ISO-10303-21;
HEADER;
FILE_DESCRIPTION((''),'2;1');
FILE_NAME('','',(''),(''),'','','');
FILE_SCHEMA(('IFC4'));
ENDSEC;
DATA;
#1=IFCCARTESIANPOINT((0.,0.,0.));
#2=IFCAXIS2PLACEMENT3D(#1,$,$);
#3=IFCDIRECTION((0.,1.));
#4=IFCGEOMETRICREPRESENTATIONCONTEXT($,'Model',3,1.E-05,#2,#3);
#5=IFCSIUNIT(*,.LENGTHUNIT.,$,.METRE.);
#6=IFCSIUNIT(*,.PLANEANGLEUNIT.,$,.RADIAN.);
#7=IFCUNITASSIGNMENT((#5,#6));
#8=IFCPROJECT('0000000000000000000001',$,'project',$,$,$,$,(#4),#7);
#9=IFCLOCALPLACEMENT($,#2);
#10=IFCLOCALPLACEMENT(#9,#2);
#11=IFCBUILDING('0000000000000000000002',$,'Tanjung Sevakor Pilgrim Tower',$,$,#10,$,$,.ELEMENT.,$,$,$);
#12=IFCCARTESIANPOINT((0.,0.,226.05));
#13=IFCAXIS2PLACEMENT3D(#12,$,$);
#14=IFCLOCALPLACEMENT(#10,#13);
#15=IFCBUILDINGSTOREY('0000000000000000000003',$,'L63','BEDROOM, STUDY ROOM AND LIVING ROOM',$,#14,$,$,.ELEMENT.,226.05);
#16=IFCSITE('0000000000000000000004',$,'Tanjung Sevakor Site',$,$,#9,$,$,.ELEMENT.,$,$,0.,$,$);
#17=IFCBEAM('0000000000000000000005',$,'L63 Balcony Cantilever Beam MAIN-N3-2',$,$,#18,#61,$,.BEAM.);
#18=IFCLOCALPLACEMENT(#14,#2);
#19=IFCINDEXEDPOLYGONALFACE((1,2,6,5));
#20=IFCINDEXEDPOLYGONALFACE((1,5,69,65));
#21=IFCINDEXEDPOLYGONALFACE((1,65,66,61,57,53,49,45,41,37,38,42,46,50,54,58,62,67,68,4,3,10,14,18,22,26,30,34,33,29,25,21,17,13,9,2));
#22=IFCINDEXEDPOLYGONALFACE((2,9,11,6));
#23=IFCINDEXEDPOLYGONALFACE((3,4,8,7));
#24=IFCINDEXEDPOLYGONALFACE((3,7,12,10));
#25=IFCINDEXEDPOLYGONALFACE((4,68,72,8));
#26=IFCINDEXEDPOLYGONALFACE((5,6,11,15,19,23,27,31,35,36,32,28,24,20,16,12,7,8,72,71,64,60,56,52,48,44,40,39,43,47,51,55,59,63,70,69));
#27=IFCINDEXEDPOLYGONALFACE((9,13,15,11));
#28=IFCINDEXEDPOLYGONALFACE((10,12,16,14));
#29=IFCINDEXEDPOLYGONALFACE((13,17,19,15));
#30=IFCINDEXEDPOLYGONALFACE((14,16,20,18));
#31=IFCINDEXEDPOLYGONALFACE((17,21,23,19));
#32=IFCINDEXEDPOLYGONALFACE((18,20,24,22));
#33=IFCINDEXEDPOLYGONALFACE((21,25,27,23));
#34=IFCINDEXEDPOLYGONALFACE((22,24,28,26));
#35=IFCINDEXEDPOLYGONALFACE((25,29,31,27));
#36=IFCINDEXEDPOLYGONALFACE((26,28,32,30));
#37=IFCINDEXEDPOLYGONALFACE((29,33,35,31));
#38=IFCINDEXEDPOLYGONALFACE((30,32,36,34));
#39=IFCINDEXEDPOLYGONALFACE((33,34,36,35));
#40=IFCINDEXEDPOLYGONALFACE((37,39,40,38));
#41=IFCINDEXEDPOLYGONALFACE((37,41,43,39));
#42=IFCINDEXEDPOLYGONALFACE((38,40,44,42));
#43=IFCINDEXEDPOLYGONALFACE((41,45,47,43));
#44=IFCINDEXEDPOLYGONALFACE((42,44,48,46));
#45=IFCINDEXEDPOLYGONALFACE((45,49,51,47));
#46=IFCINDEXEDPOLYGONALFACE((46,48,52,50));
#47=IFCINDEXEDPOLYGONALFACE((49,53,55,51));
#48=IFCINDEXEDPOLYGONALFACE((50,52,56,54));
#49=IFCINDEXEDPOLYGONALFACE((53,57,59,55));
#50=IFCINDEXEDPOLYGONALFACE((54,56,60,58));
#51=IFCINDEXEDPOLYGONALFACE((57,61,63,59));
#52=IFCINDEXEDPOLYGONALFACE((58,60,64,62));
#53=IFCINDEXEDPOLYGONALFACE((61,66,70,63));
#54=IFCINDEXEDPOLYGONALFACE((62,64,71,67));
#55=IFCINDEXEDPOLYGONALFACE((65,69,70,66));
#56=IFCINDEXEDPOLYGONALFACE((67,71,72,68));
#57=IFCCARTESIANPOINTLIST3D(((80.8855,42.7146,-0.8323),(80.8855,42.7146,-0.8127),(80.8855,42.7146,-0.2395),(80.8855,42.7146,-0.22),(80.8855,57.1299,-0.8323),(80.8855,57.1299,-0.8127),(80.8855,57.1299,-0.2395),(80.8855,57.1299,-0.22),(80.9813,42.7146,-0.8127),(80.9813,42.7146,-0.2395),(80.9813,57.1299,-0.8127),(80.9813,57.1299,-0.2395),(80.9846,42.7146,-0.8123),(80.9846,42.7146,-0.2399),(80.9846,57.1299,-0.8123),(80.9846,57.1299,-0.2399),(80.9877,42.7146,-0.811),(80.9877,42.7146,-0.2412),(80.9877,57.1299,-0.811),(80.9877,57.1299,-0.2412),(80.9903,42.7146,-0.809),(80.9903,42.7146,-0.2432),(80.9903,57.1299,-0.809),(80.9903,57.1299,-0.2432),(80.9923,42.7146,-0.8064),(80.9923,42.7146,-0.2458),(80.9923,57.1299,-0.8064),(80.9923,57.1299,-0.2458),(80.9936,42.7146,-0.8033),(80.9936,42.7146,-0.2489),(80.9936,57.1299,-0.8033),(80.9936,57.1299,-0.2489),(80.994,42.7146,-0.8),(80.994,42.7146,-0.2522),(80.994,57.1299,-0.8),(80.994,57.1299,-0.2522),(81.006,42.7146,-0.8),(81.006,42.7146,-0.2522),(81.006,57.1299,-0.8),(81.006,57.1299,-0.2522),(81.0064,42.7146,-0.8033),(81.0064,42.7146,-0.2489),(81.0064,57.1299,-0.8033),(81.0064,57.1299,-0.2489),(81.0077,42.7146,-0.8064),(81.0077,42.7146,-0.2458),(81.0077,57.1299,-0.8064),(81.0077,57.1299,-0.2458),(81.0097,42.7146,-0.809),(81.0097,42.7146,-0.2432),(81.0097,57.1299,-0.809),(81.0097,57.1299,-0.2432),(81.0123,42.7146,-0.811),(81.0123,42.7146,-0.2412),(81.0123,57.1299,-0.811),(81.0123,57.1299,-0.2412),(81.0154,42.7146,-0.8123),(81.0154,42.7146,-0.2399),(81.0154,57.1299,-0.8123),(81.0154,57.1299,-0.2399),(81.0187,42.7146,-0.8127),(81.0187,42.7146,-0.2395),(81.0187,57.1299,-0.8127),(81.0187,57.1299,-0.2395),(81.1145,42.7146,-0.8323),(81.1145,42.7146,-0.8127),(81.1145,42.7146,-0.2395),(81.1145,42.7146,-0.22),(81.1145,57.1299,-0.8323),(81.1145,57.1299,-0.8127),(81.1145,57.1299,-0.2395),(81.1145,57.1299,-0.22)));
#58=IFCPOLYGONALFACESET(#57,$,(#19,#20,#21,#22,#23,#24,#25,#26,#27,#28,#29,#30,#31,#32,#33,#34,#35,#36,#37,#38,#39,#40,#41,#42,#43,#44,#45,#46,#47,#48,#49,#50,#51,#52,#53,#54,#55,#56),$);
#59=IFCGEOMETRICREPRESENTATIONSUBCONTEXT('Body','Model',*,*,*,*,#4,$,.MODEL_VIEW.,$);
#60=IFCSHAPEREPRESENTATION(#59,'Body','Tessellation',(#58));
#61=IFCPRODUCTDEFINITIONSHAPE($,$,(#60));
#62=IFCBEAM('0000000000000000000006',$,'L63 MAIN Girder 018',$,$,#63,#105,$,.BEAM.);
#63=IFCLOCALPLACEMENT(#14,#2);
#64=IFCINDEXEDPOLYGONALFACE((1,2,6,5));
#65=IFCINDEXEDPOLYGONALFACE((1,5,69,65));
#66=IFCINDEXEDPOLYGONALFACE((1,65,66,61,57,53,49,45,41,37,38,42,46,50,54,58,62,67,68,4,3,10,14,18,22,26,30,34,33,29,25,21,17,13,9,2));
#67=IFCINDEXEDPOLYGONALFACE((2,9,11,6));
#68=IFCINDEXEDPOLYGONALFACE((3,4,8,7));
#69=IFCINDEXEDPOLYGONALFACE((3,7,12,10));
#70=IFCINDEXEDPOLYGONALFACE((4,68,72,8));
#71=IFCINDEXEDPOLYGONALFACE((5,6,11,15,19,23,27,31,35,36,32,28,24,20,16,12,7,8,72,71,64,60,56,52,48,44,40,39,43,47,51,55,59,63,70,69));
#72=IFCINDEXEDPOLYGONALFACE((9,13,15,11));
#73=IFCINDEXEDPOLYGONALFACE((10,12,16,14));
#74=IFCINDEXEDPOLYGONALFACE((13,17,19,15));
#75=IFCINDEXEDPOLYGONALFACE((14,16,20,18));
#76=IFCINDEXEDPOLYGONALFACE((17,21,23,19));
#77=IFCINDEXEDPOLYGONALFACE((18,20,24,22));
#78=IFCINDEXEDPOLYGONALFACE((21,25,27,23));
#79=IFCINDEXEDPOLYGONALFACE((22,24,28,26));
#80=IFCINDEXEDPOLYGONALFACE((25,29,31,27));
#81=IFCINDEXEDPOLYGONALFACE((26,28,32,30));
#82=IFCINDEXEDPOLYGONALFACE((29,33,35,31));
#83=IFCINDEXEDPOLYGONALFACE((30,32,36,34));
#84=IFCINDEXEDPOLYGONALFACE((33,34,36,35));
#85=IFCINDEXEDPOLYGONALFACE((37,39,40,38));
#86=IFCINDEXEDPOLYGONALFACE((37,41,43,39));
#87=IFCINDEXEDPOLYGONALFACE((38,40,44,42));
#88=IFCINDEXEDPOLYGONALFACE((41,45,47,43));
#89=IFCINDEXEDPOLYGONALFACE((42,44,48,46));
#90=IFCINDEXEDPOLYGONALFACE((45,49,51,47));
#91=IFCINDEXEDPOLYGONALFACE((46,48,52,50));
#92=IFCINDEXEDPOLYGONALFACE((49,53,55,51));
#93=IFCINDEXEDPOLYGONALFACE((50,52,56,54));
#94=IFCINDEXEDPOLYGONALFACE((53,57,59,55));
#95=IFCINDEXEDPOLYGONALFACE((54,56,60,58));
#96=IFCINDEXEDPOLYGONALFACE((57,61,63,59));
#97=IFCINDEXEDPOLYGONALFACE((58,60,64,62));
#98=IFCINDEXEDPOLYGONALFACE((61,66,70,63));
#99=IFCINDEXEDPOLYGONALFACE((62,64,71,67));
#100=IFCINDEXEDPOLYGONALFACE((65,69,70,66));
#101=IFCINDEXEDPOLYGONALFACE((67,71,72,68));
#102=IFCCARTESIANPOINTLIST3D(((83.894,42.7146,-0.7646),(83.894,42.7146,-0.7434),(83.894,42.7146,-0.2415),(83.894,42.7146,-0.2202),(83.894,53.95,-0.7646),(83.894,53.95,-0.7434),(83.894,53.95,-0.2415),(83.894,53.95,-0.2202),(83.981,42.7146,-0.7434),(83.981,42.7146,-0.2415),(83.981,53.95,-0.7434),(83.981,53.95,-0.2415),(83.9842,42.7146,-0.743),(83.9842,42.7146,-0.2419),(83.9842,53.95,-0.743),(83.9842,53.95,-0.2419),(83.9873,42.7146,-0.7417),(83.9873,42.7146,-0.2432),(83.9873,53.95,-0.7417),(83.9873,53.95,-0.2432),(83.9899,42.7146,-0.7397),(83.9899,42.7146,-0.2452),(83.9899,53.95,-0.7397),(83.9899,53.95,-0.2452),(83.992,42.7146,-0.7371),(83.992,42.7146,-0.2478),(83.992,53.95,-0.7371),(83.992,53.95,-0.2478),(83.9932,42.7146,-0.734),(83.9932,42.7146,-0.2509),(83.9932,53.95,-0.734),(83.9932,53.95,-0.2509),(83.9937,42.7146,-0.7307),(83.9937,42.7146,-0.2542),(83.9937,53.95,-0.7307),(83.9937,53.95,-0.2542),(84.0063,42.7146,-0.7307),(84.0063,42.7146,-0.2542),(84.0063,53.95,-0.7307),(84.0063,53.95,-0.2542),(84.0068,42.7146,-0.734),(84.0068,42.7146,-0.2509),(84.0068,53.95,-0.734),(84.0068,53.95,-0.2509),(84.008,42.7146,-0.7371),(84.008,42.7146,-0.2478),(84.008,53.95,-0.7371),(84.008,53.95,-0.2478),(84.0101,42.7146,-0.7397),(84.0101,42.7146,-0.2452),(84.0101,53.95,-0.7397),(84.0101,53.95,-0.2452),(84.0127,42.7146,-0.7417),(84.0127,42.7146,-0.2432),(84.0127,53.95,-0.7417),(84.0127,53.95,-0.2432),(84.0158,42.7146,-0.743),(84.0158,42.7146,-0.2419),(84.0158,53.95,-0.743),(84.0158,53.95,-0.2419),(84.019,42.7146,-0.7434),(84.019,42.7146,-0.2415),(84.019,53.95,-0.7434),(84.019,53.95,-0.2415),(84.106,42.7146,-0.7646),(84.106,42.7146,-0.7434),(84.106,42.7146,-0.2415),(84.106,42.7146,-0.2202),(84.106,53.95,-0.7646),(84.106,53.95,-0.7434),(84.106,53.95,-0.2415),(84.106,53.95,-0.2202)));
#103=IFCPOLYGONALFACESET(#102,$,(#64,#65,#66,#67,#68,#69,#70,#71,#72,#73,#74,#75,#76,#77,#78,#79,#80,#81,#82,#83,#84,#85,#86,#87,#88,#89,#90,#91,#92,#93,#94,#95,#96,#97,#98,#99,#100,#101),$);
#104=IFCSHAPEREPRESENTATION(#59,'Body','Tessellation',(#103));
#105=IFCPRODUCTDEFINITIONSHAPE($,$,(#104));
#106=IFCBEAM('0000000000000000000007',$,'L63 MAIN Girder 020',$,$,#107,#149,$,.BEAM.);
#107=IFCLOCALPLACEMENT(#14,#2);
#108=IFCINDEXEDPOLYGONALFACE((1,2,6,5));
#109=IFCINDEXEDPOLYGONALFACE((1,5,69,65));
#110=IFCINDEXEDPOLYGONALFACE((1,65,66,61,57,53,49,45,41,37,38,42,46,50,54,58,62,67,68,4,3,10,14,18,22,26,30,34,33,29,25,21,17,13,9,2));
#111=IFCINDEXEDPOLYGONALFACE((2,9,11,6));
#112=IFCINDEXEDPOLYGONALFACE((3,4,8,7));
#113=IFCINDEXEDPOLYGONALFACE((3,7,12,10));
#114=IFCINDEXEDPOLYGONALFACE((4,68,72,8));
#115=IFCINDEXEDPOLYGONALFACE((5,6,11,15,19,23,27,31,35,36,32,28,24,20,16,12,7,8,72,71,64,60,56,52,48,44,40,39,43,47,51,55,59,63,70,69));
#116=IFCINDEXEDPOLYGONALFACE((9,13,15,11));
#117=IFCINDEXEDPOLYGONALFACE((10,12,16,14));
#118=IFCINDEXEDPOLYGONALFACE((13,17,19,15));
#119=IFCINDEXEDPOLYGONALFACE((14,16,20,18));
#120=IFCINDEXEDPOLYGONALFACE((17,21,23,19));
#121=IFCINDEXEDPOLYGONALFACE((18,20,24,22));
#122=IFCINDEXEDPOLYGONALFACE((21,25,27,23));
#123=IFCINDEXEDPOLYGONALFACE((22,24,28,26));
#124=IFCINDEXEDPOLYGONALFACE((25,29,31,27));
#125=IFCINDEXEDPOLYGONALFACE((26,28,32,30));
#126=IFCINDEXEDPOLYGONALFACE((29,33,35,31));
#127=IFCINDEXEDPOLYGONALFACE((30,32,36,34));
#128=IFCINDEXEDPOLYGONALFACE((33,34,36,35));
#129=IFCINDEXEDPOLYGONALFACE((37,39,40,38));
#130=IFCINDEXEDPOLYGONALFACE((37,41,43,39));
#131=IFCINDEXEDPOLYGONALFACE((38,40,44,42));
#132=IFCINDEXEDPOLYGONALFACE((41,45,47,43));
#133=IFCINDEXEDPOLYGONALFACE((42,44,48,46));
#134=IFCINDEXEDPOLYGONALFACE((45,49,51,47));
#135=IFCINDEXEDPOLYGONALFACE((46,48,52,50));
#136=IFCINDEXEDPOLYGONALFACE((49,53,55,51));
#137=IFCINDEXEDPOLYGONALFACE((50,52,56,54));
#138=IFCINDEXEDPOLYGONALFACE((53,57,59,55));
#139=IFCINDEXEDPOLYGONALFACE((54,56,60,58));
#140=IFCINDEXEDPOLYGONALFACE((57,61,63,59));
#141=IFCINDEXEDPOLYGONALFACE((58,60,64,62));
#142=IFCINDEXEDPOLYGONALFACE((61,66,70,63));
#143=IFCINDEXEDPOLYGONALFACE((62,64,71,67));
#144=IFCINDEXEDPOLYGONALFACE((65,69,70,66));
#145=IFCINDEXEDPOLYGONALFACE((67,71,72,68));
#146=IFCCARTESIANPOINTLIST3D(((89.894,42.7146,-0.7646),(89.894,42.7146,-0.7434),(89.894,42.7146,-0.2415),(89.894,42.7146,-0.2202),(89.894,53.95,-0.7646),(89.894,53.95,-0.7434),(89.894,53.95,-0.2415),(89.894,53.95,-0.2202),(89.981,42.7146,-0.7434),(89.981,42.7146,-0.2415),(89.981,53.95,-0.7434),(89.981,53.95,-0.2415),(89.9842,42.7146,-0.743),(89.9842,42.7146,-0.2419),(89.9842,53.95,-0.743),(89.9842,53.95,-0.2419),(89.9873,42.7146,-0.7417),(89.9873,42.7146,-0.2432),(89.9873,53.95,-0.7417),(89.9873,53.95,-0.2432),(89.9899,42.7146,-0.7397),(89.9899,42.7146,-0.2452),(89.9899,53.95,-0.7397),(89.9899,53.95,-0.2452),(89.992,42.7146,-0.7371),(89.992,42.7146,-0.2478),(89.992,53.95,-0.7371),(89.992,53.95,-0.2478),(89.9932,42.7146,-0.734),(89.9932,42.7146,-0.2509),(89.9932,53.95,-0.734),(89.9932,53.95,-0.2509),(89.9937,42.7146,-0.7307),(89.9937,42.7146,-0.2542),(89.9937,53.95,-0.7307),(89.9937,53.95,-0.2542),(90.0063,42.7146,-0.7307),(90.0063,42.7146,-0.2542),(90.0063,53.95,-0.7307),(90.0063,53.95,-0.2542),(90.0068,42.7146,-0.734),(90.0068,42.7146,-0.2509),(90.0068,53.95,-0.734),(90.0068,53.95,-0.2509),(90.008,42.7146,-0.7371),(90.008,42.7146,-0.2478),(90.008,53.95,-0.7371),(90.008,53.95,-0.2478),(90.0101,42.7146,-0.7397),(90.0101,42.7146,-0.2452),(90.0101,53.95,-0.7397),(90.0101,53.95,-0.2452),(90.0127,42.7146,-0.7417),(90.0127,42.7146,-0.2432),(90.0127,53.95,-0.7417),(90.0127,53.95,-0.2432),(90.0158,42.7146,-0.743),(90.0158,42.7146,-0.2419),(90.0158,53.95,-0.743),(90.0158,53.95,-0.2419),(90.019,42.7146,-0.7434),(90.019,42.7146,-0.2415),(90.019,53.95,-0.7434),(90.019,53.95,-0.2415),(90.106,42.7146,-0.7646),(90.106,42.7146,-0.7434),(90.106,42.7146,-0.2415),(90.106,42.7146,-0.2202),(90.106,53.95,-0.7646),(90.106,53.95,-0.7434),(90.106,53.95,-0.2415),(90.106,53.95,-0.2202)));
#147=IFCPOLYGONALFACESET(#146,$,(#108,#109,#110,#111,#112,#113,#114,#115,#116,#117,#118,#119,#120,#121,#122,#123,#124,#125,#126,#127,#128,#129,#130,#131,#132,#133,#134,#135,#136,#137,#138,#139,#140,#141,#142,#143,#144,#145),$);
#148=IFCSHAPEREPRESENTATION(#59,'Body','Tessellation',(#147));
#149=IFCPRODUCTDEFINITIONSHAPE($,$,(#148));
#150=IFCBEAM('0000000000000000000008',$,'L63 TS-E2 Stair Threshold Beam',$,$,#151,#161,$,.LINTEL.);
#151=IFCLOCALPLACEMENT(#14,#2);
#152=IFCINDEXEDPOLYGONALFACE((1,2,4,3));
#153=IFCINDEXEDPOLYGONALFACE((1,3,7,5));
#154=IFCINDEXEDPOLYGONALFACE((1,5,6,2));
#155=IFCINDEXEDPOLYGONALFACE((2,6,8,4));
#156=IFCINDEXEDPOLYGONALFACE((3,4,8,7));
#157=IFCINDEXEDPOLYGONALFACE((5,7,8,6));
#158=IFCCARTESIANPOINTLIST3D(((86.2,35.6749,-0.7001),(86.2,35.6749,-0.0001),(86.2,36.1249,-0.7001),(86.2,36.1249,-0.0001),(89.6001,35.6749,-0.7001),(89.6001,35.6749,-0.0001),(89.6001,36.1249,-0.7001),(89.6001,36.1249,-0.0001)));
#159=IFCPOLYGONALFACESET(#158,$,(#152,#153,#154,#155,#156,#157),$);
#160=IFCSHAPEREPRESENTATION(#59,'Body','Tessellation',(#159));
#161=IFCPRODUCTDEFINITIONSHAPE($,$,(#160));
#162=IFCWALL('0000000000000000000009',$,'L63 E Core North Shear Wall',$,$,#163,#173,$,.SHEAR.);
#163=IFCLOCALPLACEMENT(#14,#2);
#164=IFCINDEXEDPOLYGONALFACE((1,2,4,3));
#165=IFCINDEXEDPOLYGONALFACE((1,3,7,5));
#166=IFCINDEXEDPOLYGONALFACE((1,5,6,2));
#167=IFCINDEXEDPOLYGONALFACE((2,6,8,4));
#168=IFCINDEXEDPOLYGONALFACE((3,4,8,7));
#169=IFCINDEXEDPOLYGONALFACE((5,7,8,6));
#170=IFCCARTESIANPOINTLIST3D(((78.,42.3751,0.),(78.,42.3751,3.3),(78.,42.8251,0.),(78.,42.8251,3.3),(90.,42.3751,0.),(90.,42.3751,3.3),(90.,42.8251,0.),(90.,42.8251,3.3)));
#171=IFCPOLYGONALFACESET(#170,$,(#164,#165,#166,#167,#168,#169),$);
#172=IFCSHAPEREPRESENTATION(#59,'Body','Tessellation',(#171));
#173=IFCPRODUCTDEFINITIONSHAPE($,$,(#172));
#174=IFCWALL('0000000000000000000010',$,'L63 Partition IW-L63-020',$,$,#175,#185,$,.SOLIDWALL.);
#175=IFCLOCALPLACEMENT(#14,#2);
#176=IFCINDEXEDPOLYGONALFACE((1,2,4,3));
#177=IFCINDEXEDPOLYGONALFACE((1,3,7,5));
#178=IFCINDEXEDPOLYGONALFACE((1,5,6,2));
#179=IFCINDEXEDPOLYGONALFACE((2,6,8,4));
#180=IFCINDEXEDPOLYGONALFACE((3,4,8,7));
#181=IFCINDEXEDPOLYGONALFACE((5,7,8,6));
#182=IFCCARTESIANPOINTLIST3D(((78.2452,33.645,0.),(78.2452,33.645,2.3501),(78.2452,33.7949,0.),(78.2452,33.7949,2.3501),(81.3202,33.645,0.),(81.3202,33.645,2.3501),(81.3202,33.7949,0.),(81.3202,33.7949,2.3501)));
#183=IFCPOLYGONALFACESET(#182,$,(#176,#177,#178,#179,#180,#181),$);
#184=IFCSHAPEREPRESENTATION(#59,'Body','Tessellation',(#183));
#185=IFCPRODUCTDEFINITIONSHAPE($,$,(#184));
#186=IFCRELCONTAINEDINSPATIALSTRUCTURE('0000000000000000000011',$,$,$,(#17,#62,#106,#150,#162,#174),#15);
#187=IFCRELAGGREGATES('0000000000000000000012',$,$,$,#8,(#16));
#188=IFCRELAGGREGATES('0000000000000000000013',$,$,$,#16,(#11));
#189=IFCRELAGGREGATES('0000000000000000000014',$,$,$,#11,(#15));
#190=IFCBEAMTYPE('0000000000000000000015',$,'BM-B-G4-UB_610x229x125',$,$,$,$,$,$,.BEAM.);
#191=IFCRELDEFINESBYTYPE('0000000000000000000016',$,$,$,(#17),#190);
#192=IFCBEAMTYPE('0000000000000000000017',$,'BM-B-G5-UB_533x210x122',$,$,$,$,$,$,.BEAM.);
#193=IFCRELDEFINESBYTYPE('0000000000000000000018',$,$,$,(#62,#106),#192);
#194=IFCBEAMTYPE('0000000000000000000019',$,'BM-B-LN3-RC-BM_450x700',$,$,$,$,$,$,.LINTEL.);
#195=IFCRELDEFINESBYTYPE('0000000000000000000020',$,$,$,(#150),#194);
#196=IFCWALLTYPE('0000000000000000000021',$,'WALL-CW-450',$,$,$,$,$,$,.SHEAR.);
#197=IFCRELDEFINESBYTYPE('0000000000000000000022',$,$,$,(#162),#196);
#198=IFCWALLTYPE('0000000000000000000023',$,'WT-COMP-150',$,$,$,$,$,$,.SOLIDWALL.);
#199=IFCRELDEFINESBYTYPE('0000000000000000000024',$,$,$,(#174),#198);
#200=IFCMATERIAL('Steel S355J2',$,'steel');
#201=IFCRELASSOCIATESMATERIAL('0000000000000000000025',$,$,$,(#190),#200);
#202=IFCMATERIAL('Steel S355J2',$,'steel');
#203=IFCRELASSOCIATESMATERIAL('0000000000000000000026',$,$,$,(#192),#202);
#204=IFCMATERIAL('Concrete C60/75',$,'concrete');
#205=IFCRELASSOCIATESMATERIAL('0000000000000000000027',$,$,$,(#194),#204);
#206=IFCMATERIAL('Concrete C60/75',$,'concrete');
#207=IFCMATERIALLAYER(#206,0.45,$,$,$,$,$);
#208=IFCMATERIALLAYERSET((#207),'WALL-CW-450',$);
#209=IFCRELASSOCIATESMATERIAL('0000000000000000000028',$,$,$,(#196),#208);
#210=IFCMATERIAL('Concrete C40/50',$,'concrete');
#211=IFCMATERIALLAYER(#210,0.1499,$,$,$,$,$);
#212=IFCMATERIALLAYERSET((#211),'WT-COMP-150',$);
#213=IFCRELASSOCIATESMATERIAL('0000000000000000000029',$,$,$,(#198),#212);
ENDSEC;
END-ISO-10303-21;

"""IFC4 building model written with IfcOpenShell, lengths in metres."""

from ifc_helpers import new_model, si_unit, direction, frame, frame_2d, origin, origin_2d, place, context, subcontext, project, spatial, rectangle, i_section, extrude, material, layer, layer_set, material_profile, profile_set, type_object, element, save


model = new_model("IFC4")

# Units and contexts
model_context = context("Model", 3, precision=1e-05, world=origin(), true_north=direction((0.0, 1.0)))
body_context = subcontext(model_context, "Body", "Model", "MODEL_VIEW")
ifc_project = project(units=[si_unit("LENGTHUNIT", "METRE"), si_unit("PLANEANGLEUNIT", "RADIAN")], contexts=[model_context])

# Site, building, storey
site_placement = place(None, origin())
site = spatial("IfcSite", under=ifc_project, at=site_placement, Name="Tanjung Sevakor Site", CompositionType="ELEMENT", RefElevation=0.0)
building_placement = place(site_placement, origin())
building = spatial("IfcBuilding", under=site, at=building_placement, Name="Tanjung Sevakor Pilgrim Tower", CompositionType="ELEMENT")
storey_placement = place(building_placement, frame((0.0, 0.0, 226.05)))
storey = spatial("IfcBuildingStorey", under=building, at=storey_placement, Name="L63", Description="BEDROOM, STUDY ROOM AND LIVING ROOM", CompositionType="ELEMENT", Elevation=226.05)

# Beams
ifc_material_1 = material(Name="Steel S355J2", Category="steel")
ifc_material_profile_1 = material_profile(ifc_material_1, i_section(OverallWidth=0.229, OverallDepth=0.6123, WebThickness=0.012, FlangeThickness=0.0195, FilletRadius=0.0127, at=origin_2d()))
ifc_profile_set_1 = profile_set([ifc_material_profile_1], Name="Steel S355J2")
beam_type_1 = type_object("IfcBeamType", Name="BM-B-G4-UB_610x229x125", PredefinedType="BEAM", material=ifc_profile_set_1)
beam_1_placement = place(storey_placement, frame((81.0, 42.7146, -0.5261), z_axis=(0.0, 1.0, 0.0), x_axis=(-1.0, 0.0, 0.0)))
element("IfcBeam", 1, at=beam_1_placement, inside=storey, type_object=beam_type_1, Name="L63 Balcony Cantilever Beam MAIN-N3-2", PredefinedType="BEAM", context=body_context, shape_type="SweptSolid", body=[
    extrude(i_section(OverallWidth=0.229, OverallDepth=0.6123, WebThickness=0.012, FlangeThickness=0.0195, FilletRadius=0.0127, at=origin_2d()), origin(), (0.0, 0.0, 1.0), 14.4153),
])
ifc_material_2 = material(Name="Steel S355J2", Category="steel")
ifc_material_profile_2 = material_profile(ifc_material_2, i_section(OverallWidth=0.2119, OverallDepth=0.5444, WebThickness=0.0127, FlangeThickness=0.0212, FilletRadius=0.0127, at=origin_2d()))
ifc_profile_set_2 = profile_set([ifc_material_profile_2], Name="Steel S355J2")
beam_type_2 = type_object("IfcBeamType", Name="BM-B-G5-UB_533x210x122", PredefinedType="BEAM", material=ifc_profile_set_2)
for number, where, z_axis, x_axis, name in (
    (2, (84.0, 42.7146, -0.4924), (0.0, 1.0, 0.0), (-1.0, 0.0, 0.0), "L63 MAIN Girder 018"),
    (3, (90.0, 42.7146, -0.4924), (0.0, 1.0, 0.0), (-1.0, 0.0, 0.0), "L63 MAIN Girder 020"),
):
    element("IfcBeam", number, at=place(storey_placement, frame(where, z_axis=z_axis, x_axis=x_axis)), inside=storey, type_object=beam_type_2, Name=name, PredefinedType="BEAM", context=body_context, shape_type="SweptSolid", body=[
        extrude(i_section(OverallWidth=0.2119, OverallDepth=0.5444, WebThickness=0.0127, FlangeThickness=0.0212, FilletRadius=0.0127, at=origin_2d()), origin(), (0.0, 0.0, 1.0), 11.2354),
    ])
ifc_material_3 = material(Name="Concrete C60/75", Category="concrete")
ifc_material_profile_3 = material_profile(ifc_material_3, rectangle(XDim=0.45, YDim=0.7, at=origin_2d()))
ifc_profile_set_3 = profile_set([ifc_material_profile_3], Name="Concrete C60/75")
beam_type_3 = type_object("IfcBeamType", Name="BM-B-LN3-RC-BM_450x700", PredefinedType="LINTEL", material=ifc_profile_set_3)
beam_2_placement = place(storey_placement, frame((86.2, 35.8999, -0.3501), z_axis=(1.0, 0.0, 0.0), x_axis=(0.0, 1.0, 0.0)))
element("IfcBeam", 4, at=beam_2_placement, inside=storey, type_object=beam_type_3, Name="L63 TS-E2 Stair Threshold Beam", PredefinedType="LINTEL", context=body_context, shape_type="SweptSolid", body=[
    extrude(rectangle(XDim=0.45, YDim=0.7, at=origin_2d()), origin(), (0.0, 0.0, 1.0), 3.4001),
])

# Walls
ifc_material_4 = material(Name="Concrete C60/75", Category="concrete")
ifc_layer_1 = layer(ifc_material_4, 0.45)
ifc_layer_set_1 = layer_set([ifc_layer_1], Name="WALL-CW-450")
wall_type_1 = type_object("IfcWallType", Name="WALL-CW-450", PredefinedType="SHEAR", material=ifc_layer_set_1)
wall_1_placement = place(storey_placement, frame((90.0, 42.6001, 0.0), z_axis=(0.0, 0.0, 1.0), x_axis=(-1.0, 0.0, 0.0)))
element("IfcWall", 5, at=wall_1_placement, inside=storey, type_object=wall_type_1, Name="L63 E Core North Shear Wall", PredefinedType="SHEAR", context=body_context, shape_type="SweptSolid", body=[
    extrude(rectangle(XDim=12.0, YDim=0.45, at=frame_2d((6.0, 0.0))), origin(), (0.0, 0.0, 1.0), 3.3),
])
ifc_material_5 = material(Name="Concrete C40/50", Category="concrete")
ifc_layer_2 = layer(ifc_material_5, 0.1499)
ifc_layer_set_2 = layer_set([ifc_layer_2], Name="WT-COMP-150")
wall_type_2 = type_object("IfcWallType", Name="WT-COMP-150", PredefinedType="SOLIDWALL", material=ifc_layer_set_2)
wall_2_placement = place(storey_placement, frame((78.2451, 33.72, 0.0), z_axis=(0.0, 0.0, 1.0), x_axis=(1.0, 0.0, 0.0)))
element("IfcWall", 6, at=wall_2_placement, inside=storey, type_object=wall_type_2, Name="L63 Partition IW-L63-020", PredefinedType="SOLIDWALL", context=body_context, shape_type="SweptSolid", body=[
    extrude(rectangle(XDim=3.075, YDim=0.1499, at=frame_2d((1.5376, 0.0))), origin(), (0.0, 0.0, 1.0), 2.3501),
])

save(model, "model.ifc")
